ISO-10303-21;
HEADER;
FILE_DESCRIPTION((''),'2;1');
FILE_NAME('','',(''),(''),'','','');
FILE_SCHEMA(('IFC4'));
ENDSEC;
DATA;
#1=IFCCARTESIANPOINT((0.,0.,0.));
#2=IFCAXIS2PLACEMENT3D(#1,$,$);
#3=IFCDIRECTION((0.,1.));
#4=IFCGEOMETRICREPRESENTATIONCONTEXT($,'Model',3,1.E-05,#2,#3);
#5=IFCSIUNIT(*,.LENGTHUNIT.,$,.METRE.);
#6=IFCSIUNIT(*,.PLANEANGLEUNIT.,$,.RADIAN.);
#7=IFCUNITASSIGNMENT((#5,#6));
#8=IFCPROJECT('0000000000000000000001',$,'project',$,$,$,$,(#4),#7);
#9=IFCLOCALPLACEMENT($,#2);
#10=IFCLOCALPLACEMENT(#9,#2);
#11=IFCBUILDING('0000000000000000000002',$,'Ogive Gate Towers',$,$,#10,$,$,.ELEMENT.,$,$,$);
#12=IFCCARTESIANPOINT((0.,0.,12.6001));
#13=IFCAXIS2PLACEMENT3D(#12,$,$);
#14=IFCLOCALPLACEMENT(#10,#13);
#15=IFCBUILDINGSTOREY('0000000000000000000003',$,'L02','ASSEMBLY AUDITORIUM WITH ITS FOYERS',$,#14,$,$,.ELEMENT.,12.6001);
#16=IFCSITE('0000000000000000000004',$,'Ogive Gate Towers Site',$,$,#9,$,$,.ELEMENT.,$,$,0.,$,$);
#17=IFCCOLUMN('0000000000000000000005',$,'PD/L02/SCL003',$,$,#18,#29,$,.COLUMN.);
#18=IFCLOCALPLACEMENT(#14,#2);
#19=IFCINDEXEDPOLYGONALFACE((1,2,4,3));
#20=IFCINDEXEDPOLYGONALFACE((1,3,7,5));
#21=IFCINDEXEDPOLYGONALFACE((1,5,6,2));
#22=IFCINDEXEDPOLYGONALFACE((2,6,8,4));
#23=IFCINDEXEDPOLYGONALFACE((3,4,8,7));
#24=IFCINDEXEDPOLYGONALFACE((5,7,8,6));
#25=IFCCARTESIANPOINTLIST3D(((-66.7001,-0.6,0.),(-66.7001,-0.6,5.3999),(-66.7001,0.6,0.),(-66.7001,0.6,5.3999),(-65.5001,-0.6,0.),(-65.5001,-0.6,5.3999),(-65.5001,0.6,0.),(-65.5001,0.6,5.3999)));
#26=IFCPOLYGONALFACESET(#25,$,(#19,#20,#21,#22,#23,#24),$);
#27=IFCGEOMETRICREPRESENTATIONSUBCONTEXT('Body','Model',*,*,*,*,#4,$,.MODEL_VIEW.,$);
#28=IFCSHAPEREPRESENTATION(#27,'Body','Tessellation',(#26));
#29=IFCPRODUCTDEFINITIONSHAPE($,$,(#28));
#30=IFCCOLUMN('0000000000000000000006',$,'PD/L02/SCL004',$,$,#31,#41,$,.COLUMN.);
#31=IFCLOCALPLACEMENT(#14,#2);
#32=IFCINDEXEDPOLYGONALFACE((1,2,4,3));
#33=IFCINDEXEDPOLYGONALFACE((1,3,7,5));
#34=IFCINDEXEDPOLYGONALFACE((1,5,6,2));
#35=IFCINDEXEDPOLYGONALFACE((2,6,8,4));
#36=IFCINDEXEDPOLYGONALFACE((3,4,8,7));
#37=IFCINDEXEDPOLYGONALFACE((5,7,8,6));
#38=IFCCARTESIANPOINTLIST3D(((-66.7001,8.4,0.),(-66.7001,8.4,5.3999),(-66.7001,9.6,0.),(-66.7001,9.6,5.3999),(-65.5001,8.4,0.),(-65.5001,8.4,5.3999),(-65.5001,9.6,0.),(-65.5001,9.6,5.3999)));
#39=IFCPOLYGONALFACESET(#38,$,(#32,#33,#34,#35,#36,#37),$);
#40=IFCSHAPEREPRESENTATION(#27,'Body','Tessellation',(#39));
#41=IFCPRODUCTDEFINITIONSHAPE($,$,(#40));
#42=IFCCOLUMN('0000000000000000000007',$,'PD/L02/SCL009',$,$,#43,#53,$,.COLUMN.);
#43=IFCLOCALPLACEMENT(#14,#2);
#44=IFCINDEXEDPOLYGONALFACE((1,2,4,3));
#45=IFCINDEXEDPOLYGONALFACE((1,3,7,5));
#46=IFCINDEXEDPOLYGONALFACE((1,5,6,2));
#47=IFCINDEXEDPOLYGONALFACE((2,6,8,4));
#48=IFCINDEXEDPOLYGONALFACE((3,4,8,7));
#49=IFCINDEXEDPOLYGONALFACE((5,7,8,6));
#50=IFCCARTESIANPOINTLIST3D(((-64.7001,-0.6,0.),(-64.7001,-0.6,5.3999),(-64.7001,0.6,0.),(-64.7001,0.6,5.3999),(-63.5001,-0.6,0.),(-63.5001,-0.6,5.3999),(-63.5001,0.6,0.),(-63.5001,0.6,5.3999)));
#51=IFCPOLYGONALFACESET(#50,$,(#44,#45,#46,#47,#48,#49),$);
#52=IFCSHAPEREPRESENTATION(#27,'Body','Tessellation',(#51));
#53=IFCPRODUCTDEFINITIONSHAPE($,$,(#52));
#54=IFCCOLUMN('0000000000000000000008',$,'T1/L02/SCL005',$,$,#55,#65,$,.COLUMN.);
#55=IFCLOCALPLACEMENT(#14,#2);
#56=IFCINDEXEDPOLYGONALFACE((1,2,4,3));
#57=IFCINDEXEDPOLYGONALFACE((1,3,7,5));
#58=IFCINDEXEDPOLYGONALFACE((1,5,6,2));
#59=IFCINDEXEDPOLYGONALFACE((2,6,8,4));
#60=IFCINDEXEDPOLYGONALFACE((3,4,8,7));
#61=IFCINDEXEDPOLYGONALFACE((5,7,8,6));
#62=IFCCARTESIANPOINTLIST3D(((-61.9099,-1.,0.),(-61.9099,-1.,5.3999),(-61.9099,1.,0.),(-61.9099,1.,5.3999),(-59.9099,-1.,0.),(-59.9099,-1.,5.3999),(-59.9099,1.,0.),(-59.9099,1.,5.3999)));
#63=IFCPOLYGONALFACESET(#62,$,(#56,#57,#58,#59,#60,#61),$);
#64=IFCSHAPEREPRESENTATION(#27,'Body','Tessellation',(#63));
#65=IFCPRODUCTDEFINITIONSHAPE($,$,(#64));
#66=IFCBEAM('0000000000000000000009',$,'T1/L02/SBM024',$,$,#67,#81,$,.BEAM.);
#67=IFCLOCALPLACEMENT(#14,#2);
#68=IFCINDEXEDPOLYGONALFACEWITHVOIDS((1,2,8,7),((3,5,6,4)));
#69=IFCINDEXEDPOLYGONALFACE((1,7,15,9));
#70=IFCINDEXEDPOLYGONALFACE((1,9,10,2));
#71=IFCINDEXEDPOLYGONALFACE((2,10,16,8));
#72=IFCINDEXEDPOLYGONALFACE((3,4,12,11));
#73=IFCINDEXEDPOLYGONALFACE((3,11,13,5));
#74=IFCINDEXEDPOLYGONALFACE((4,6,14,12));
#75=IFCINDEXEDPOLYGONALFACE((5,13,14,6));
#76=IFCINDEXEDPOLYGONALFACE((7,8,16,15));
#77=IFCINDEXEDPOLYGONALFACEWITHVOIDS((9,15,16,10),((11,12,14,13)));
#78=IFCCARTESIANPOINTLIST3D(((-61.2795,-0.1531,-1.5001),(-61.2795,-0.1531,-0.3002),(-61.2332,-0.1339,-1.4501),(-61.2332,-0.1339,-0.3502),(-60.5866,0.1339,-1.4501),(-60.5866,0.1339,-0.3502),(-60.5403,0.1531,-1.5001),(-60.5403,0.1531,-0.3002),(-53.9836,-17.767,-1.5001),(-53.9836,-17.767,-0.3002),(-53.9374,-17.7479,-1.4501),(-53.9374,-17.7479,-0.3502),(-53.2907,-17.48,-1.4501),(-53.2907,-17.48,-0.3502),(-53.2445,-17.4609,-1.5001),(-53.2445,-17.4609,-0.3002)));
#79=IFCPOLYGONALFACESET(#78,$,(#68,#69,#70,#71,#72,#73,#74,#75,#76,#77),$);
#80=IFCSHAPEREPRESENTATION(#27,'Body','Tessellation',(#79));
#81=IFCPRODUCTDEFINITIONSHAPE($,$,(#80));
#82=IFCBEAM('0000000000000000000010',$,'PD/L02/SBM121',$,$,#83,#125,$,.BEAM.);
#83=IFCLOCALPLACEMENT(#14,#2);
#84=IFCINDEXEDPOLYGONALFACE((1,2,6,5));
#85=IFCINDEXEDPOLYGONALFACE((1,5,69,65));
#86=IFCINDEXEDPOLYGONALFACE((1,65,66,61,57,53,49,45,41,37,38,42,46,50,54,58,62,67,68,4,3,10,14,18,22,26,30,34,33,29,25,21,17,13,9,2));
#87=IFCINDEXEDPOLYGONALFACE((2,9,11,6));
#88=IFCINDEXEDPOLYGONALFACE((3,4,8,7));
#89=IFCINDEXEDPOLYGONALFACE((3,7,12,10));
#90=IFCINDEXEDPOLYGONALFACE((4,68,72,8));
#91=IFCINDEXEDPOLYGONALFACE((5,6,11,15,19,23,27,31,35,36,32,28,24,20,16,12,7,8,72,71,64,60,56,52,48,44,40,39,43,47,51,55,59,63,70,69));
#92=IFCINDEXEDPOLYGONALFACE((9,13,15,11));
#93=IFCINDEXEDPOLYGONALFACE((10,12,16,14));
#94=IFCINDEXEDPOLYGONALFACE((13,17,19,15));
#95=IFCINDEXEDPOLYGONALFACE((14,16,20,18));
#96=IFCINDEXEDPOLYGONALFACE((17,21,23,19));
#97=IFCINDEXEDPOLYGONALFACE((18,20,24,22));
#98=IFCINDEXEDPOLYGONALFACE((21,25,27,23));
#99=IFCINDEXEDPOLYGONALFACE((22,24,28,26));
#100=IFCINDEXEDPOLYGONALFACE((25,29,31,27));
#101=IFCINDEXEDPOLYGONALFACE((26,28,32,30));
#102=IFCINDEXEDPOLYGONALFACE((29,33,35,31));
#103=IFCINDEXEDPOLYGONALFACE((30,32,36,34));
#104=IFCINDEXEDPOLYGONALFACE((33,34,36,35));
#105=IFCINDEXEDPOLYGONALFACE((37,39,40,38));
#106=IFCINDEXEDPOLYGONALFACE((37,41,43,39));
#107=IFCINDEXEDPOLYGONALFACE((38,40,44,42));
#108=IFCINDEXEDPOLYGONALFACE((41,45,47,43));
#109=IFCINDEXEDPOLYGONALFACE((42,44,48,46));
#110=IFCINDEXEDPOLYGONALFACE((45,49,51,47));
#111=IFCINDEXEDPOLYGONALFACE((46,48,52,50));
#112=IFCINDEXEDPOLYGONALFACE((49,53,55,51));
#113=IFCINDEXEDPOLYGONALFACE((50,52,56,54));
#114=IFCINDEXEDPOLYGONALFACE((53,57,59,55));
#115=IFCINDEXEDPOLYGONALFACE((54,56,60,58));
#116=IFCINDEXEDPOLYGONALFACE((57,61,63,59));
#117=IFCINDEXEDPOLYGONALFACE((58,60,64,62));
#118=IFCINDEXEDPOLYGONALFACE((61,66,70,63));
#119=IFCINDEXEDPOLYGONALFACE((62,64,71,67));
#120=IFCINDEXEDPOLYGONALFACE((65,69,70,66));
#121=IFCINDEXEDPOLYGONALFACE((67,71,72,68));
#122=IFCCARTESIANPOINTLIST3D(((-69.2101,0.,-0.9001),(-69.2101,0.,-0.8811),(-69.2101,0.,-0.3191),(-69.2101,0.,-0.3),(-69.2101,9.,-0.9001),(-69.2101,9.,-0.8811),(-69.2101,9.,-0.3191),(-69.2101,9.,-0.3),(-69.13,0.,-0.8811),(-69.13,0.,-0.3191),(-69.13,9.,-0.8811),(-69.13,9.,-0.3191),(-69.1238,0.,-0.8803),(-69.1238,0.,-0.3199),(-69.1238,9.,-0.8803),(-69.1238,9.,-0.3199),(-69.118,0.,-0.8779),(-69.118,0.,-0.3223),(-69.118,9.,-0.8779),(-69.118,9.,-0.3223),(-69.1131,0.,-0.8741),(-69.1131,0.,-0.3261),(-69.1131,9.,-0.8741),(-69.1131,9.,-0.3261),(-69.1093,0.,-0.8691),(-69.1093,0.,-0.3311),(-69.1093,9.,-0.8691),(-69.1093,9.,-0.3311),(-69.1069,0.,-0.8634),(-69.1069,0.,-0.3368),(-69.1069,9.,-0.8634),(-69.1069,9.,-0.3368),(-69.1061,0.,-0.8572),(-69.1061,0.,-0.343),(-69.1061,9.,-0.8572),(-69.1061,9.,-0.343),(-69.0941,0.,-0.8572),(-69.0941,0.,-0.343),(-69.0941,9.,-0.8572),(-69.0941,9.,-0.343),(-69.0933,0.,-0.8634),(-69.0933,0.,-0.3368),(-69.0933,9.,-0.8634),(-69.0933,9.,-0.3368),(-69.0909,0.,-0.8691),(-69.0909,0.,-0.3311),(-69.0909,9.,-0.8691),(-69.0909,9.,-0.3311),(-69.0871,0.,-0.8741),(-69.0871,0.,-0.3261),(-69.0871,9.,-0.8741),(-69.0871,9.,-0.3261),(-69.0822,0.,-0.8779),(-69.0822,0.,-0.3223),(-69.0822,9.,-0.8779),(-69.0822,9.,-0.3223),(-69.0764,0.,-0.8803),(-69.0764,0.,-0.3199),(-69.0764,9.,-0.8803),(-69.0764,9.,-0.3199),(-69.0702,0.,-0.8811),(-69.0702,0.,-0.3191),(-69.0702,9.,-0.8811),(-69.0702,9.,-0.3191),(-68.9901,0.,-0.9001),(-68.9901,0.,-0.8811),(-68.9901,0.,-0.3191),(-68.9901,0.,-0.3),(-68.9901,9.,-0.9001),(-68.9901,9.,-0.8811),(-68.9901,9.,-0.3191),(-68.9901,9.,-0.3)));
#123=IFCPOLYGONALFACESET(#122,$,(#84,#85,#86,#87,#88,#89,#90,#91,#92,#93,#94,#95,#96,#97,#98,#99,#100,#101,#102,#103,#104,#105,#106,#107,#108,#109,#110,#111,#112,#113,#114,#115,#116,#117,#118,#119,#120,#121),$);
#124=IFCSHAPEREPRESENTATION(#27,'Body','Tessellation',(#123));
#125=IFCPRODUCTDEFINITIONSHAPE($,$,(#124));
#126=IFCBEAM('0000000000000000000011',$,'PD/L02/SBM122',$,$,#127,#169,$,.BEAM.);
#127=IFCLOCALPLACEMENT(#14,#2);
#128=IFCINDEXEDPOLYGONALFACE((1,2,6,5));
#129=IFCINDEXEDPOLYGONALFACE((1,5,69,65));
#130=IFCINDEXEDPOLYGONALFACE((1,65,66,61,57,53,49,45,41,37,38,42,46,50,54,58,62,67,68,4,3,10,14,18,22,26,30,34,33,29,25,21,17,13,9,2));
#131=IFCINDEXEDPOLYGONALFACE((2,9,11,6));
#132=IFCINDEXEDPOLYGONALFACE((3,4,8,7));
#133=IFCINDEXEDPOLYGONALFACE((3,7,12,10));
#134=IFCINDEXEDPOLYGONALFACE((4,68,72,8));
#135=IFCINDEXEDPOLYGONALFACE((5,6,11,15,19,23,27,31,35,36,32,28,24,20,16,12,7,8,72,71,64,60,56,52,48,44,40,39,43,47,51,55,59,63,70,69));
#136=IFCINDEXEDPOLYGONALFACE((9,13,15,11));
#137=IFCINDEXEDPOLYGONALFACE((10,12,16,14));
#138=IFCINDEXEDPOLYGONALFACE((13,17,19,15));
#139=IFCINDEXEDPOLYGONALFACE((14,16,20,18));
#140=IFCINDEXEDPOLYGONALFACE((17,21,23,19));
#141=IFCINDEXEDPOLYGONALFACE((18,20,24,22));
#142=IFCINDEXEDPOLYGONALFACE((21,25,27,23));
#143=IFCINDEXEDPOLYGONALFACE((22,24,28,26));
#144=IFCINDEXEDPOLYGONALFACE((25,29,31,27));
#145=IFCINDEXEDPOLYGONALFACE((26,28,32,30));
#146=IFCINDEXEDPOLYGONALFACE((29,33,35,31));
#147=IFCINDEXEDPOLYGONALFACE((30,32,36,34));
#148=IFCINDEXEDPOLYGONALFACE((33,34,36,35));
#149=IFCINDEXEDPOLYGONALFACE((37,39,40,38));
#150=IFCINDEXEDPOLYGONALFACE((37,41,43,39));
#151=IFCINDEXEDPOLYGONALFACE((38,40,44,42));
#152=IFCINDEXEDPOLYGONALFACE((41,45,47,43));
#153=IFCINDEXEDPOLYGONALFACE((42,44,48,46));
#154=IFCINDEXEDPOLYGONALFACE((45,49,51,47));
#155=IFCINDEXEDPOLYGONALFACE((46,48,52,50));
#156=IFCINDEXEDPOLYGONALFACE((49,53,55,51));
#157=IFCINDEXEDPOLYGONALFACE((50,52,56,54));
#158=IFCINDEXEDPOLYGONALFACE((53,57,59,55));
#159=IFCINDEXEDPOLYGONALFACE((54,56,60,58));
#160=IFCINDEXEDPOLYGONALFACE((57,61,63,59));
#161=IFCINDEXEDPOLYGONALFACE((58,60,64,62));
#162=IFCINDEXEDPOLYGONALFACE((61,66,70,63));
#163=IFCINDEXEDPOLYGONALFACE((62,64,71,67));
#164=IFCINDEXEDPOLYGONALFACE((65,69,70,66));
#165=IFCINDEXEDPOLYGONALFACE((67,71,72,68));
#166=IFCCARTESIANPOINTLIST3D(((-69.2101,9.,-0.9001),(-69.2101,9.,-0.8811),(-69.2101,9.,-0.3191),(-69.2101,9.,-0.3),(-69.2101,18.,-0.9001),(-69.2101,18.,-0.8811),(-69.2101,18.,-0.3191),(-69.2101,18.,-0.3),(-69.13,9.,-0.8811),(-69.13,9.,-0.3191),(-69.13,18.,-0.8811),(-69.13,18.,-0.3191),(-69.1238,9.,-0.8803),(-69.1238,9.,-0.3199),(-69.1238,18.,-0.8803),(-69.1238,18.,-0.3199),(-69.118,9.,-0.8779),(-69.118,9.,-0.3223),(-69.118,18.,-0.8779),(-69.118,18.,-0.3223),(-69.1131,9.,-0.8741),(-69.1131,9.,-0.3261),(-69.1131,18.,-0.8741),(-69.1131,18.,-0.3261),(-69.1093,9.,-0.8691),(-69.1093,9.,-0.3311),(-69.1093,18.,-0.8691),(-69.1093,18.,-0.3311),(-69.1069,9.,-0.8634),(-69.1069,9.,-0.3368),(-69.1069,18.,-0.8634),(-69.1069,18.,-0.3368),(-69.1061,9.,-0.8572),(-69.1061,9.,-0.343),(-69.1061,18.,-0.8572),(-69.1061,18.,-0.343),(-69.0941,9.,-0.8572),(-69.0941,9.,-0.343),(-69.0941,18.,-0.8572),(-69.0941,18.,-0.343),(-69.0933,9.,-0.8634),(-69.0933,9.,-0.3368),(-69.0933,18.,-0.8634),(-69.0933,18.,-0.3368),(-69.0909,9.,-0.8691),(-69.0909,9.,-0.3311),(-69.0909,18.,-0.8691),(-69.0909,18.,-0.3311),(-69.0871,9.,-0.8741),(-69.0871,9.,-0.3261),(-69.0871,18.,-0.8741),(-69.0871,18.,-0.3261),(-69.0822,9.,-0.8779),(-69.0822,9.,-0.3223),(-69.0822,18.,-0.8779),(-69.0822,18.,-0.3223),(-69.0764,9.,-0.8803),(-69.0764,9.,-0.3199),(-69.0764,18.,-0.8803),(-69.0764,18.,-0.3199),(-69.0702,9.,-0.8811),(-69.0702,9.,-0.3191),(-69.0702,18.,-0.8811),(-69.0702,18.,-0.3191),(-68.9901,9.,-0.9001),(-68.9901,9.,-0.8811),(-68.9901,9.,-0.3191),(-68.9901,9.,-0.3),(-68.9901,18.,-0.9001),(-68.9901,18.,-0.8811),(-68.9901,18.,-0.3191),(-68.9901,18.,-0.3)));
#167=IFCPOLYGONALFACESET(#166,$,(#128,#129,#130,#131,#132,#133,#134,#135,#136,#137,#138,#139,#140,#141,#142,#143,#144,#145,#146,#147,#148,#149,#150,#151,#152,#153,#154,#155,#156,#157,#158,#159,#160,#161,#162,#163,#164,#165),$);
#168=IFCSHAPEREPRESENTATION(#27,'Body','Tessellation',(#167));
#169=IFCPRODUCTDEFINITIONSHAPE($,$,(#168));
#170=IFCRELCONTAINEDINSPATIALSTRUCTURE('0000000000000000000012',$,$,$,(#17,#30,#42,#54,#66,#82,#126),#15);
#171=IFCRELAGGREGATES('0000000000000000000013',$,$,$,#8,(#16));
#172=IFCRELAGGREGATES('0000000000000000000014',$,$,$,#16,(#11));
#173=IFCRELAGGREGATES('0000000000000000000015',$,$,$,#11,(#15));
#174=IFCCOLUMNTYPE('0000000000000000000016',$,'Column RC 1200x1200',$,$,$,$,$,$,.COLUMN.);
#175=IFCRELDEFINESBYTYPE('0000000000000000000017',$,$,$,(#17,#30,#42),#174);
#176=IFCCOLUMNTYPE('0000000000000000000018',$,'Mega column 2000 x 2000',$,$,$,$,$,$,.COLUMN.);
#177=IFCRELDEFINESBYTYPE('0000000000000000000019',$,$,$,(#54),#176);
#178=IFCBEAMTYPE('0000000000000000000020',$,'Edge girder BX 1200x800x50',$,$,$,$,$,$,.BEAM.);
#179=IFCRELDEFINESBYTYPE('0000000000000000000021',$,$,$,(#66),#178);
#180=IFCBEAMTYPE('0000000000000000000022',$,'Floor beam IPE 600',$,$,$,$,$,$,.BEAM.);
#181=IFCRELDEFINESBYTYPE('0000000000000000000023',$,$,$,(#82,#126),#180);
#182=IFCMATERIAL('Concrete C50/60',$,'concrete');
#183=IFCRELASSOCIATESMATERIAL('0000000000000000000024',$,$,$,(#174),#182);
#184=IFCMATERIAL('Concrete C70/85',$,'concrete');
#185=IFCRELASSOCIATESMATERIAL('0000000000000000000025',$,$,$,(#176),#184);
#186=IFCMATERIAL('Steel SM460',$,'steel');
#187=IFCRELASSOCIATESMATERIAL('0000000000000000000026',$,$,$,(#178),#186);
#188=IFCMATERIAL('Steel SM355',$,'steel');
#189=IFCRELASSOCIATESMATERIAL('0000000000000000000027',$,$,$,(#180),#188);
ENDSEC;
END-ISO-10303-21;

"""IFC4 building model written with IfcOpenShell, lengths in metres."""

from ifc_helpers import new_model, si_unit, direction, frame, origin, origin_2d, place, context, subcontext, project, spatial, rectangle, hollow_rectangle, i_section, extrude, material, material_profile, profile_set, type_object, element, save


model = new_model("IFC4")

# Units and contexts
model_context = context("Model", 3, precision=1e-05, world=origin(), true_north=direction((0.0, 1.0)))
body_context = subcontext(model_context, "Body", "Model", "MODEL_VIEW")
ifc_project = project(units=[si_unit("LENGTHUNIT", "METRE"), si_unit("PLANEANGLEUNIT", "RADIAN")], contexts=[model_context])

# Site, building, storey
site_placement = place(None, origin())
site = spatial("IfcSite", under=ifc_project, at=site_placement, Name="Ogive Gate Towers Site", CompositionType="ELEMENT", RefElevation=0.0)
building_placement = place(site_placement, origin())
building = spatial("IfcBuilding", under=site, at=building_placement, Name="Ogive Gate Towers", CompositionType="ELEMENT")
storey_placement = place(building_placement, frame((0.0, 0.0, 12.6001)))
storey = spatial("IfcBuildingStorey", under=building, at=storey_placement, Name="L02", Description="ASSEMBLY AUDITORIUM WITH ITS FOYERS", CompositionType="ELEMENT", Elevation=12.6001)

# Columns
ifc_material_1 = material(Name="Concrete C50/60", Category="concrete")
ifc_material_profile_1 = material_profile(ifc_material_1, rectangle(XDim=1.2, YDim=1.2, at=origin_2d()), Name="RC 1200x1200")
ifc_profile_set_1 = profile_set([ifc_material_profile_1], Name="Concrete C50/60")
column_type_1 = type_object("IfcColumnType", Name="Column RC 1200x1200", PredefinedType="COLUMN", material=ifc_profile_set_1)
for number, where, z_axis, x_axis, name in (
    (1, (-66.1001, 0.0, 0.0), (0.0, 0.0, 1.0), (1.0, 0.0, 0.0), "PD/L02/SCL003"),
    (2, (-66.1001, 9.0, 0.0), (0.0, 0.0, 1.0), (1.0, 0.0, 0.0), "PD/L02/SCL004"),
    (3, (-64.1001, 0.0, 0.0), (0.0, 0.0, 1.0), (1.0, 0.0, 0.0), "PD/L02/SCL009"),
):
    element("IfcColumn", number, at=place(storey_placement, frame(where, z_axis=z_axis, x_axis=x_axis)), inside=storey, type_object=column_type_1, Name=name, PredefinedType="COLUMN", context=body_context, shape_type="SweptSolid", body=[
        extrude(rectangle(XDim=1.2, YDim=1.2, at=origin_2d()), origin(), (0.0, 0.0, 1.0), 5.3999),
    ])
ifc_material_2 = material(Name="Concrete C70/85", Category="concrete")
ifc_material_profile_2 = material_profile(ifc_material_2, rectangle(XDim=2.0, YDim=2.0, at=origin_2d()), Name="RC 2000x2000")
ifc_profile_set_2 = profile_set([ifc_material_profile_2], Name="Concrete C70/85")
column_type_2 = type_object("IfcColumnType", Name="Mega column 2000 x 2000", PredefinedType="COLUMN", material=ifc_profile_set_2)
column_placement = place(storey_placement, frame((-60.9099, 0.0, 0.0), z_axis=(0.0, 0.0, 1.0), x_axis=(-1.0, 0.0, 0.0)))
element("IfcColumn", 4, at=column_placement, inside=storey, type_object=column_type_2, Name="T1/L02/SCL005", PredefinedType="COLUMN", context=body_context, shape_type="SweptSolid", body=[
    extrude(rectangle(XDim=2.0, YDim=2.0, at=origin_2d()), origin(), (0.0, 0.0, 1.0), 5.3999),
])

# Beams
ifc_material_3 = material(Name="Steel SM460", Category="steel")
ifc_material_profile_3 = material_profile(ifc_material_3, hollow_rectangle(XDim=0.8, YDim=1.2, WallThickness=0.05, at=origin_2d()), Name="BX 1200x800x50")
ifc_profile_set_3 = profile_set([ifc_material_profile_3], Name="Steel SM460")
beam_type_1 = type_object("IfcBeamType", Name="Edge girder BX 1200x800x50", PredefinedType="BEAM", material=ifc_profile_set_3)
beam_1_placement = place(storey_placement, frame((-60.9099, 0.0, -0.9001), z_axis=(0.382681, -0.923881, 0.0), x_axis=(0.923881, 0.382681, 0.0)))
element("IfcBeam", 5, at=beam_1_placement, inside=storey, type_object=beam_type_1, Name="T1/L02/SBM024", PredefinedType="BEAM", context=body_context, shape_type="SweptSolid", body=[
    extrude(hollow_rectangle(XDim=0.8, YDim=1.2, WallThickness=0.05, at=origin_2d()), origin(), (0.0, 0.0, 1.0), 19.0652),
])
ifc_material_4 = material(Name="Steel SM355", Category="steel")
ifc_material_profile_4 = material_profile(ifc_material_4, i_section(OverallWidth=0.22, OverallDepth=0.6001, WebThickness=0.012, FlangeThickness=0.019, FilletRadius=0.0239, at=origin_2d()), Name="IPE 600")
ifc_profile_set_4 = profile_set([ifc_material_profile_4], Name="Steel SM355")
beam_type_2 = type_object("IfcBeamType", Name="Floor beam IPE 600", PredefinedType="BEAM", material=ifc_profile_set_4)
for number, where, z_axis, x_axis, name in (
    (6, (-69.1001, 0.0, -0.6001), (0.0, 1.0, 0.0), (-1.0, 0.0, 0.0), "PD/L02/SBM121"),
    (7, (-69.1001, 9.0, -0.6001), (0.0, 1.0, 0.0), (-1.0, 0.0, 0.0), "PD/L02/SBM122"),
):
    element("IfcBeam", number, at=place(storey_placement, frame(where, z_axis=z_axis, x_axis=x_axis)), inside=storey, type_object=beam_type_2, Name=name, PredefinedType="BEAM", context=body_context, shape_type="SweptSolid", body=[
        extrude(i_section(OverallWidth=0.22, OverallDepth=0.6001, WebThickness=0.012, FlangeThickness=0.019, FilletRadius=0.0239, at=origin_2d()), origin(), (0.0, 0.0, 1.0), 9.0),
    ])

save(model, "model.ifc")
